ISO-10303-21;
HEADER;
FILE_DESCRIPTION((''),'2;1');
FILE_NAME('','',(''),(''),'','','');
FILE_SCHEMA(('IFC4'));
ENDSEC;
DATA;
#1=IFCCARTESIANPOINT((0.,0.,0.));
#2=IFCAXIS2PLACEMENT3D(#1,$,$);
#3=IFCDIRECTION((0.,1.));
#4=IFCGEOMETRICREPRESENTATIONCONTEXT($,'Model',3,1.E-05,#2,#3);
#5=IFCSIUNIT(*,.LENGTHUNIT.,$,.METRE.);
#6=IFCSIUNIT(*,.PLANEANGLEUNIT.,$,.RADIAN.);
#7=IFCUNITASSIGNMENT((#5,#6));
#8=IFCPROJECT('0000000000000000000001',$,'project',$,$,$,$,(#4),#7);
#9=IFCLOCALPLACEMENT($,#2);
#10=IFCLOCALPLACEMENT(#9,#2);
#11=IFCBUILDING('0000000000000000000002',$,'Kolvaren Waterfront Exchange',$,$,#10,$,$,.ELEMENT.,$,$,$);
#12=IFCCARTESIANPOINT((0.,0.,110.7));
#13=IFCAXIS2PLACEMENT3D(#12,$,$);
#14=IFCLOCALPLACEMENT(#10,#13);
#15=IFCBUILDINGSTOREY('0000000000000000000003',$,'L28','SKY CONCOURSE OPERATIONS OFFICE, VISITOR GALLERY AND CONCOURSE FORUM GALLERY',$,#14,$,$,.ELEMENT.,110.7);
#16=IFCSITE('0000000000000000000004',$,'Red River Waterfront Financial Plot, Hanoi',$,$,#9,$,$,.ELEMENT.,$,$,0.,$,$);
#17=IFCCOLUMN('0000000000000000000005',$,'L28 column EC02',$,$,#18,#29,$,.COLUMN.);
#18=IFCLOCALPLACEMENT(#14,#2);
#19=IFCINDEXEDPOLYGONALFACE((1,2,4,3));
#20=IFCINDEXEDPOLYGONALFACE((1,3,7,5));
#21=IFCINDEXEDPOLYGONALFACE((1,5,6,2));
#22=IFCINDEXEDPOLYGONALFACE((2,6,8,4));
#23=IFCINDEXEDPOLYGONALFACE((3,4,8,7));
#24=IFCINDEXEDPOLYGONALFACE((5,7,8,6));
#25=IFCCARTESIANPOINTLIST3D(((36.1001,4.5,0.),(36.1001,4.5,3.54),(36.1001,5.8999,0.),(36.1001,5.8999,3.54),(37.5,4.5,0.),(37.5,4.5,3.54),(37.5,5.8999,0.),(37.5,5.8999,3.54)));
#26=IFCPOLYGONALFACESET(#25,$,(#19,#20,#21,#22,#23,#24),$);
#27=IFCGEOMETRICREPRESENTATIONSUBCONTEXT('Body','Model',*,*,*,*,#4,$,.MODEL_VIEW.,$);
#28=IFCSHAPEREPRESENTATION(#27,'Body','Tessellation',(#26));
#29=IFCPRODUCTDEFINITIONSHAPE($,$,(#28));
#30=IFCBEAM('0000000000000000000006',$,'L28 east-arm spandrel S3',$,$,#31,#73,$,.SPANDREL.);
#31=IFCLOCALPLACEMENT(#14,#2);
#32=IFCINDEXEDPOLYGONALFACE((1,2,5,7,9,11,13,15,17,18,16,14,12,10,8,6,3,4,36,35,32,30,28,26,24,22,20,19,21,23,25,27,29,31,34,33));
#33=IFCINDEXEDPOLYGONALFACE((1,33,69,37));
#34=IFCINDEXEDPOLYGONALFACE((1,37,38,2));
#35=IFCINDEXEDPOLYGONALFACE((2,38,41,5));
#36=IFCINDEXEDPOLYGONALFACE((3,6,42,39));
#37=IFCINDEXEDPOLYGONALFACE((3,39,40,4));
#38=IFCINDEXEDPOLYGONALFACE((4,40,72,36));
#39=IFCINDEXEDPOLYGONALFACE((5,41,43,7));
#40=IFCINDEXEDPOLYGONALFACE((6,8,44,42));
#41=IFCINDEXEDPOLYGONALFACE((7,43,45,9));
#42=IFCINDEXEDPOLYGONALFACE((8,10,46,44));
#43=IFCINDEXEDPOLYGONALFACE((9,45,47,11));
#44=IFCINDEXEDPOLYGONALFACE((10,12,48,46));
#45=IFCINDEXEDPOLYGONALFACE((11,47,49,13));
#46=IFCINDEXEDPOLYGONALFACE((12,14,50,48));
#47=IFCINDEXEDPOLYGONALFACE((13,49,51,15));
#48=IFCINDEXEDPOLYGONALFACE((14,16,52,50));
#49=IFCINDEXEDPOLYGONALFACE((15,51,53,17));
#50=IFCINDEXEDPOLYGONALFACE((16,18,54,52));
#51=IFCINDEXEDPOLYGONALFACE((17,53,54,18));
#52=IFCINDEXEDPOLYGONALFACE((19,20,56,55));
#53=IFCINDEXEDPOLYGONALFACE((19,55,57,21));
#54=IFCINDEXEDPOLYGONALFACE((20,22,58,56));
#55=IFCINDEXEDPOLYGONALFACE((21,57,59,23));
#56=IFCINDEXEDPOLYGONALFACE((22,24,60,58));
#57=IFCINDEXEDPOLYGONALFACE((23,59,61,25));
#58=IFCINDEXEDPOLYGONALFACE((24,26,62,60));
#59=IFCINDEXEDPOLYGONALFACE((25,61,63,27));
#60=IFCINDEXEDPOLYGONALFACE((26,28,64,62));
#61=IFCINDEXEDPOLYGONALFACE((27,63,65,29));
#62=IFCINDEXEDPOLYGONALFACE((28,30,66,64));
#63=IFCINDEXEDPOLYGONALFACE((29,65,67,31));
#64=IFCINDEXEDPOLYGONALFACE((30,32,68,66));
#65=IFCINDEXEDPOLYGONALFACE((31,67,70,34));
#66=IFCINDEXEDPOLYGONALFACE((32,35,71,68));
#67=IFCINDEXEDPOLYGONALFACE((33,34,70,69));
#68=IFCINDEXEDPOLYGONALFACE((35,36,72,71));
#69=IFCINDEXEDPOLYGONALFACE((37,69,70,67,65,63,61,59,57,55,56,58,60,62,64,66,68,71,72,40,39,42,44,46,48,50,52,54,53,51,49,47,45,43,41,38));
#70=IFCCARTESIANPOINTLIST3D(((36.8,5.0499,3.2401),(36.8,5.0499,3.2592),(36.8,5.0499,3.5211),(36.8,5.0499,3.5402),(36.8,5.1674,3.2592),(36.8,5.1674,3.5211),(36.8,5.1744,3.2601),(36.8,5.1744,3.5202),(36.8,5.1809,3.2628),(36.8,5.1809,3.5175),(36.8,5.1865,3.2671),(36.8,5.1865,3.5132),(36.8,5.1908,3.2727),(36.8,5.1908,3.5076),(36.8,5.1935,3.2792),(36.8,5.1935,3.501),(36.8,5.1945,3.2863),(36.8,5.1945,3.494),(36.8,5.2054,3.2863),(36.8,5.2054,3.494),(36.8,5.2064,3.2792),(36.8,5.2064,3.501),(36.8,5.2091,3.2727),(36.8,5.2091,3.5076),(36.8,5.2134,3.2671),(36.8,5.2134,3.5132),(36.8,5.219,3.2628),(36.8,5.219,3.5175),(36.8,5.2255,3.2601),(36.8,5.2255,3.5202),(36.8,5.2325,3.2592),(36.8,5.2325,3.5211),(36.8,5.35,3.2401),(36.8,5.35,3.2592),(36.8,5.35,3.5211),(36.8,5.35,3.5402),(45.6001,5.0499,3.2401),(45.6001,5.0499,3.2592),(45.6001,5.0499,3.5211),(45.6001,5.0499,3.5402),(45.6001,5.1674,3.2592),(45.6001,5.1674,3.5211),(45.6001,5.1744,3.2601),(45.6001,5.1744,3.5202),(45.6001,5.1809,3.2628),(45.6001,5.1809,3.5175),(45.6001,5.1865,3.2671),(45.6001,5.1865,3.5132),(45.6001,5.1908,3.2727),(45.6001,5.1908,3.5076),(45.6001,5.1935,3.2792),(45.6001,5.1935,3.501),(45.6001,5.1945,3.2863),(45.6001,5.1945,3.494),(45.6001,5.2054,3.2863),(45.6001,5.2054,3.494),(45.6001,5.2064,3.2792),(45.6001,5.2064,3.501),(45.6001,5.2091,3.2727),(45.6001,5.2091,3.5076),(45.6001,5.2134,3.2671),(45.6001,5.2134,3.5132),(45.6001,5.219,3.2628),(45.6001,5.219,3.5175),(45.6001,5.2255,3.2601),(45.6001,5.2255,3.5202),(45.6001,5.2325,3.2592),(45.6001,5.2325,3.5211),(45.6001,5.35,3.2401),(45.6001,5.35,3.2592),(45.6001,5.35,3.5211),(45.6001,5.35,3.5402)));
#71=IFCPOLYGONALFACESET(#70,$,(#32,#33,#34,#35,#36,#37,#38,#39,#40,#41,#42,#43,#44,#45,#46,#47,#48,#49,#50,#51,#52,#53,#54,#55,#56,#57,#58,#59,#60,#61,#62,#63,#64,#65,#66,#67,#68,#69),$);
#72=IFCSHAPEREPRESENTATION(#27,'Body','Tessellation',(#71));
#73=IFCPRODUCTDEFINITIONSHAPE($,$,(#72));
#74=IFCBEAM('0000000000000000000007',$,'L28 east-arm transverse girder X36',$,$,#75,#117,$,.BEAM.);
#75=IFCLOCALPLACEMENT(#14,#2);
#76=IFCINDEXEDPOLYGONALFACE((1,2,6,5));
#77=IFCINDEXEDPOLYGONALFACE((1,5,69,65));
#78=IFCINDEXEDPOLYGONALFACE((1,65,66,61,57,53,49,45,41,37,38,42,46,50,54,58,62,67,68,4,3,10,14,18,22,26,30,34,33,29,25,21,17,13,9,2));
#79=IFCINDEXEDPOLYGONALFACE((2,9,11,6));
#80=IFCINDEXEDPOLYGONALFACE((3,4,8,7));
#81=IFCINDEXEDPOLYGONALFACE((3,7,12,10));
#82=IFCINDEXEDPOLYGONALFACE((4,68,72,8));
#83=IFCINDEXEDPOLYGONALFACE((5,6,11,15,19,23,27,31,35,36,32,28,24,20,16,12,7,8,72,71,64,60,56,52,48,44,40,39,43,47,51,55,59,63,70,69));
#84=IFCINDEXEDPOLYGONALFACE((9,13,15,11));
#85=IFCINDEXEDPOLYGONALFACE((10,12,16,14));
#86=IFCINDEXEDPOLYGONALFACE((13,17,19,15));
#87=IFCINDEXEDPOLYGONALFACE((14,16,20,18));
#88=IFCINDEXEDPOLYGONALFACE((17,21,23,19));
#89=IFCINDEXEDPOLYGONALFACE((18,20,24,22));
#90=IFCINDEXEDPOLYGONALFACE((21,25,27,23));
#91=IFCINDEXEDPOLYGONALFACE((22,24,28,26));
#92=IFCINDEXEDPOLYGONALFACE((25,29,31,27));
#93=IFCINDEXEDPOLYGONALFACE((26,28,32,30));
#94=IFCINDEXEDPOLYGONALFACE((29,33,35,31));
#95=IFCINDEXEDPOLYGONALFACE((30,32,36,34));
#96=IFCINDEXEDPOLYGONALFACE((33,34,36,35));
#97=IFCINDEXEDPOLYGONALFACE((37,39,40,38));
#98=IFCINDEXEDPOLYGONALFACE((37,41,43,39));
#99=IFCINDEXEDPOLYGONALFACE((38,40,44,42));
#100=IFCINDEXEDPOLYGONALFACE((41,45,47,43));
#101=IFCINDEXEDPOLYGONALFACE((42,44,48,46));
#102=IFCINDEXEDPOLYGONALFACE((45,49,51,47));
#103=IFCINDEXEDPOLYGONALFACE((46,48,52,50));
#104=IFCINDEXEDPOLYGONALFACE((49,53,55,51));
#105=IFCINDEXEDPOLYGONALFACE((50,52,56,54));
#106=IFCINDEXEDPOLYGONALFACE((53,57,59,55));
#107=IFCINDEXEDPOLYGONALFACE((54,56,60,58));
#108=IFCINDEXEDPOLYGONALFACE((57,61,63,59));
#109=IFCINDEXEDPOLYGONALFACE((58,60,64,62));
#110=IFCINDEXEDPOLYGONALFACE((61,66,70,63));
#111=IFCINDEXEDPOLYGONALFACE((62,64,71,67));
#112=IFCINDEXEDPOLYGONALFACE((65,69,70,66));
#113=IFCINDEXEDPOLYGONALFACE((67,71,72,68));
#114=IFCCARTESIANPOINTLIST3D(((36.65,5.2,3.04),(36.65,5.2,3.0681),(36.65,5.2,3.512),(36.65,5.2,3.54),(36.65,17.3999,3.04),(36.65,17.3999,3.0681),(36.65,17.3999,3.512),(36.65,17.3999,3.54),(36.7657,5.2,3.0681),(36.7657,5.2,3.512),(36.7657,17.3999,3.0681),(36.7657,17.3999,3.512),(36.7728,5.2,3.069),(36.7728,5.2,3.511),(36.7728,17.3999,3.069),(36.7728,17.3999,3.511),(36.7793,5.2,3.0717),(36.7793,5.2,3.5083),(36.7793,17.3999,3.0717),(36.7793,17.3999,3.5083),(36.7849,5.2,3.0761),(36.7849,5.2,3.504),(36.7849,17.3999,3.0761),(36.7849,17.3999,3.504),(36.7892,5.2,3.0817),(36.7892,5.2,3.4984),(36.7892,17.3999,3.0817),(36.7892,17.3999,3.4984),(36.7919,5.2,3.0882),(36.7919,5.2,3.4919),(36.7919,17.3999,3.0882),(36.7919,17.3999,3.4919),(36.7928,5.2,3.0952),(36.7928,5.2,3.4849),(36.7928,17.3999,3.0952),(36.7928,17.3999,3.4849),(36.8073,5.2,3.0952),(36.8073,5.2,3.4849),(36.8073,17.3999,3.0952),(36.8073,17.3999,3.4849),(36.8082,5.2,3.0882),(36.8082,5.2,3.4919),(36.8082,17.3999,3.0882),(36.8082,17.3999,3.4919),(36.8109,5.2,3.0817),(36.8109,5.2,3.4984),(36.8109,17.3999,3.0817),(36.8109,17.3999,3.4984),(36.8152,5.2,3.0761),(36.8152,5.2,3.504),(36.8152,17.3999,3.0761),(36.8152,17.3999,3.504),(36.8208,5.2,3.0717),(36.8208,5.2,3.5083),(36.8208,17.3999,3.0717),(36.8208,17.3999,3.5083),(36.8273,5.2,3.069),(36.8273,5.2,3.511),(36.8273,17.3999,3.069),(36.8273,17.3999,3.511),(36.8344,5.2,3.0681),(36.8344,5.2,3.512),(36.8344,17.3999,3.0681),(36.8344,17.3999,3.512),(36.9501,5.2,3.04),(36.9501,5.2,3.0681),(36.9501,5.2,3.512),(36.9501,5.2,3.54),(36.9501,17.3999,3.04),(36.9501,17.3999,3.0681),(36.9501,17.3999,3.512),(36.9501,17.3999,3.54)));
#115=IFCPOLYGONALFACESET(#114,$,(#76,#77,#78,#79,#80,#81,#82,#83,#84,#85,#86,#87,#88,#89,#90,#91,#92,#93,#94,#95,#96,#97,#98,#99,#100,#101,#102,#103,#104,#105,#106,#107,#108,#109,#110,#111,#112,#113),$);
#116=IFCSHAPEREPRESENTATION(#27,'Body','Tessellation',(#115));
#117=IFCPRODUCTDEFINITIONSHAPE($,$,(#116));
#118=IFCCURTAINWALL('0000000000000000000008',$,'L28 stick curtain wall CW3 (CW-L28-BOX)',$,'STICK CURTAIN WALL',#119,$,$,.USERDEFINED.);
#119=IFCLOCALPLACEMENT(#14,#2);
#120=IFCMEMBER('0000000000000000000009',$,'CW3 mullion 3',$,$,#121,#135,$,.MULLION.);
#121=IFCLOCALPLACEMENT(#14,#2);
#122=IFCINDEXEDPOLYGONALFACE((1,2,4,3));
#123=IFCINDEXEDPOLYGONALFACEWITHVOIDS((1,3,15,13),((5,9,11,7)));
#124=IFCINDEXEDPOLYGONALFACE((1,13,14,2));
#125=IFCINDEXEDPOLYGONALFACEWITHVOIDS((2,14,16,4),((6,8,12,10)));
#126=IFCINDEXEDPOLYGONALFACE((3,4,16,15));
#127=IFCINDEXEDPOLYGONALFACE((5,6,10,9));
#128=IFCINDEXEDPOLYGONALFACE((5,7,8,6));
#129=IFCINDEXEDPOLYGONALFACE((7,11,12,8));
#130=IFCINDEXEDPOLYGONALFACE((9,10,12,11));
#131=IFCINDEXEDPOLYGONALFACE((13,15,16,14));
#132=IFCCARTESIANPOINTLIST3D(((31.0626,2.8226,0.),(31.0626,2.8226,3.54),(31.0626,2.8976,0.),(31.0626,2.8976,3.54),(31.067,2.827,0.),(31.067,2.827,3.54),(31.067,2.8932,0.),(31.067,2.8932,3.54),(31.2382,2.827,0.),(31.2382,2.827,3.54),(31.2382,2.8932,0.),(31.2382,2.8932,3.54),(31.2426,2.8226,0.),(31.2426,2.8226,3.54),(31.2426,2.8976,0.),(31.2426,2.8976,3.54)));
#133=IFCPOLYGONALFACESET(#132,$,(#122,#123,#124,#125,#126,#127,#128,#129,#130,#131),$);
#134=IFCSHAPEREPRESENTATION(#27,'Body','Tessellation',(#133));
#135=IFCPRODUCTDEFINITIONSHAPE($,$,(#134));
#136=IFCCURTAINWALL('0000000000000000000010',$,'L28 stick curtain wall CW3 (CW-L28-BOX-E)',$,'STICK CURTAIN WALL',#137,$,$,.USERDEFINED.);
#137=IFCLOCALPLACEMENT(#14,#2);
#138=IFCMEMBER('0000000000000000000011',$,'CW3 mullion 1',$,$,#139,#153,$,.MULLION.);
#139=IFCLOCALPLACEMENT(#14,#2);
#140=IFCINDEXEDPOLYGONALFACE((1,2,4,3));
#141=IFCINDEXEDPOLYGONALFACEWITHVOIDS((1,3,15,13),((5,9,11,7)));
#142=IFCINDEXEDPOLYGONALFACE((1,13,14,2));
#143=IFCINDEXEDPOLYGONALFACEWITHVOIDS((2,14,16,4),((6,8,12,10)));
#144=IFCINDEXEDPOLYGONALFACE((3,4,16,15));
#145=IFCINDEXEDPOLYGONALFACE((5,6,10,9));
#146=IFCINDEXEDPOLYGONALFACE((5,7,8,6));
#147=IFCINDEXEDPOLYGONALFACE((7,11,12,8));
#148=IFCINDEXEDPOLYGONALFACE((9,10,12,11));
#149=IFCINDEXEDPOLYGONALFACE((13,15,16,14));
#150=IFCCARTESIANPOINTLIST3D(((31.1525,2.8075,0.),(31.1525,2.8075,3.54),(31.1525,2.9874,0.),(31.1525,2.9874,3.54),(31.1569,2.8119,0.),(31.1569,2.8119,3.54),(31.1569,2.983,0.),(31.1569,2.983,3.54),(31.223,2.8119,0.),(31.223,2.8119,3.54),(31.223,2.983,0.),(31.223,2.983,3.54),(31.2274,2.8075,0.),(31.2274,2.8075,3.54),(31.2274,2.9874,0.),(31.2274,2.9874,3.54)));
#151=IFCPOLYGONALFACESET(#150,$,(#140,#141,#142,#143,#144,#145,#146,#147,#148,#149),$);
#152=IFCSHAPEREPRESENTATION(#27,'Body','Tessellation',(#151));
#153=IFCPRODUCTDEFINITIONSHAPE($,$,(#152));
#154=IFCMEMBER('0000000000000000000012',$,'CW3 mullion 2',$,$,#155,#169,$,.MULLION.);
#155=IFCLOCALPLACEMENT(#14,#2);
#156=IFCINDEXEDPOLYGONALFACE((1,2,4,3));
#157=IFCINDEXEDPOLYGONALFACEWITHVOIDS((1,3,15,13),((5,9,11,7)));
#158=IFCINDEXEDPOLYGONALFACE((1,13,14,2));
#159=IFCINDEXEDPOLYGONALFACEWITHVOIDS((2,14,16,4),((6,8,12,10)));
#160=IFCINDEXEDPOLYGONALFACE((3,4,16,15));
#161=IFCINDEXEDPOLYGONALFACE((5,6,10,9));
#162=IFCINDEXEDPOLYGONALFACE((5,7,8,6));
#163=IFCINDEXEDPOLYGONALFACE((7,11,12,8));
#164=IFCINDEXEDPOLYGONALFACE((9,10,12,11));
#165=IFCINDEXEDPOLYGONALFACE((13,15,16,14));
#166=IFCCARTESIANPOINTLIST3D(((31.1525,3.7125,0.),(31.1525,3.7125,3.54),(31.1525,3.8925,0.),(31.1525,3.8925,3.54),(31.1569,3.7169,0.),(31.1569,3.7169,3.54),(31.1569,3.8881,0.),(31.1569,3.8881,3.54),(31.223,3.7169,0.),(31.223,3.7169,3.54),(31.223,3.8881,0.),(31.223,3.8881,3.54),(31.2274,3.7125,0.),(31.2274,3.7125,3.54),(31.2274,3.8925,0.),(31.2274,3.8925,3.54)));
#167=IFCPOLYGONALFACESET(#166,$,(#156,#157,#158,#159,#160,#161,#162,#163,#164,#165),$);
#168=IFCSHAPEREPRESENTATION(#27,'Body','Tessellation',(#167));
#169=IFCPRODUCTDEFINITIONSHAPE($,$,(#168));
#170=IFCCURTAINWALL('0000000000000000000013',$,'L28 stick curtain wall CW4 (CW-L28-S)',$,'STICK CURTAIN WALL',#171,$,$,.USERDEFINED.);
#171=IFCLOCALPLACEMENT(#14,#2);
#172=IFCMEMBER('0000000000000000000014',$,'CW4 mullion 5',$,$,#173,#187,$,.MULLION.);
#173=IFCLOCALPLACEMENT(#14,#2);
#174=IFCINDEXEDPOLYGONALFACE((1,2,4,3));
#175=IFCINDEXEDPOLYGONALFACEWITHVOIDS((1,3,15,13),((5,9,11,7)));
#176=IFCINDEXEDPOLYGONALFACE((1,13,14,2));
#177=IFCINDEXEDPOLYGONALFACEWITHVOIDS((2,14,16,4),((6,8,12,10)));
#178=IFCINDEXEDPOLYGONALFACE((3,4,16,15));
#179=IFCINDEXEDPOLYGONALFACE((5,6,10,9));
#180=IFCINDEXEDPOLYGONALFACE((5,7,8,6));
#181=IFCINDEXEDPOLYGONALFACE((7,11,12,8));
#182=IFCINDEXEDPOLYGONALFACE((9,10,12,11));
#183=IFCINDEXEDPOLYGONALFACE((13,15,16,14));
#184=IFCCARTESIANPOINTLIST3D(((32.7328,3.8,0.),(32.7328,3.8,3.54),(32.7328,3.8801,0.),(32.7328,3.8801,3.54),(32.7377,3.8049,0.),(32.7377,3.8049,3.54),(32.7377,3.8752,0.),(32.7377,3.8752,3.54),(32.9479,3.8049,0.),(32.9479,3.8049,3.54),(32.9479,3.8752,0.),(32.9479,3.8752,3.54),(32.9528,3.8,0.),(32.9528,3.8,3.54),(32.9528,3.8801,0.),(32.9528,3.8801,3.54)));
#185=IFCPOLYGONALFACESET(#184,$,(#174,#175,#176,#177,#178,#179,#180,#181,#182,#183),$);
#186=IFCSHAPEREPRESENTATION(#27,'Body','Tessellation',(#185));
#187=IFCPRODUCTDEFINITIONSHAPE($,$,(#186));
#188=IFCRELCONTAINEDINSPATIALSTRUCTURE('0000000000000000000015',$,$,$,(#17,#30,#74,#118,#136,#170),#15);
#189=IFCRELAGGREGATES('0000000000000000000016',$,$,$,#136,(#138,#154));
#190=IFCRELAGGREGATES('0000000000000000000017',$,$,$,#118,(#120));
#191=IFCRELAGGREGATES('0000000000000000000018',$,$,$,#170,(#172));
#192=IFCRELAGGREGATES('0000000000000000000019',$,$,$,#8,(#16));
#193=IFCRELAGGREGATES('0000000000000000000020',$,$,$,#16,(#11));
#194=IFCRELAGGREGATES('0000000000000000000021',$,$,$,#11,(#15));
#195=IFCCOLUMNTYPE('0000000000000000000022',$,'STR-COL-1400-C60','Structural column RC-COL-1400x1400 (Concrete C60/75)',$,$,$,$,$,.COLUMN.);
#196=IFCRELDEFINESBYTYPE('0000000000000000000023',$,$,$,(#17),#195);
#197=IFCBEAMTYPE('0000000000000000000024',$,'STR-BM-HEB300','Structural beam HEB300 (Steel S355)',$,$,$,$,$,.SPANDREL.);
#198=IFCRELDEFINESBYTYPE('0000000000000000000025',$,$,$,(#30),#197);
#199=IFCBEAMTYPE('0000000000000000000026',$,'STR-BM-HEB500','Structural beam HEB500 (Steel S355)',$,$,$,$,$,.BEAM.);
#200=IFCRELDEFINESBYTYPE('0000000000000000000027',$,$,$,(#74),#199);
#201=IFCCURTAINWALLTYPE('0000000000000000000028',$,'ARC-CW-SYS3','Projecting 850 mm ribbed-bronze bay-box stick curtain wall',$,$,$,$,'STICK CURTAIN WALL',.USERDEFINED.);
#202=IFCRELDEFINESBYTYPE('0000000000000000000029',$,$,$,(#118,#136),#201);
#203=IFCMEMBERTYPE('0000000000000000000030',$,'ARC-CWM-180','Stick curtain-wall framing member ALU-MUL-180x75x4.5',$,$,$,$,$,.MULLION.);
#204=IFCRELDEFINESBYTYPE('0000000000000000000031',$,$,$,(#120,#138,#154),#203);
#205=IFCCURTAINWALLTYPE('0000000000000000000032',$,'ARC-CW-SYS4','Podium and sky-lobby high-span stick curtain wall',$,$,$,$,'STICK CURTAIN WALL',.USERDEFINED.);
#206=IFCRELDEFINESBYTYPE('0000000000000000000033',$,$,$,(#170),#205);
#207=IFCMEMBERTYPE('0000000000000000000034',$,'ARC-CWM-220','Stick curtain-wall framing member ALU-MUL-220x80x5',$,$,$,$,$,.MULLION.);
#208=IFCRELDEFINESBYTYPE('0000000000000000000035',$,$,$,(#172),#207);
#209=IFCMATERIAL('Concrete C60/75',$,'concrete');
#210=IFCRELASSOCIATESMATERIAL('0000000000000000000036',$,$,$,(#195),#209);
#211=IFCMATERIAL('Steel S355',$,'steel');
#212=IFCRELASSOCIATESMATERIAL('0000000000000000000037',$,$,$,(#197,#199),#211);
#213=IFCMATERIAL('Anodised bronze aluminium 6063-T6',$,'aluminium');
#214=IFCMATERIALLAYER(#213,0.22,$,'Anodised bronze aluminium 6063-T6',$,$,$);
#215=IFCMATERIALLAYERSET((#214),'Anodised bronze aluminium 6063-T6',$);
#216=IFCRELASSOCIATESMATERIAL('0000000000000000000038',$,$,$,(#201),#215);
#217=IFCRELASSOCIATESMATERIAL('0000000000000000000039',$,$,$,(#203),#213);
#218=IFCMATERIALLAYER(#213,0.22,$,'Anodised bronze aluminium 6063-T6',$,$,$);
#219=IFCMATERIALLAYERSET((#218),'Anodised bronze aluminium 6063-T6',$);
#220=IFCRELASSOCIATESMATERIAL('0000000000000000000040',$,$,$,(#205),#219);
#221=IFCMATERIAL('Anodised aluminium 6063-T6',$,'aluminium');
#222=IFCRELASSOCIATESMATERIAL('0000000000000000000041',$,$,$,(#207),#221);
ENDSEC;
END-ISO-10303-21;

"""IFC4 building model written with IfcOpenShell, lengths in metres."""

from ifc_helpers import new_model, si_unit, direction, frame, origin, origin_with_axes, origin_2d, place, context, subcontext, project, spatial, rectangle, hollow_rectangle, i_section, extrude, source, transform, mapped, material, layer, layer_set, material_profile, profile_set, type_object, element, aggregate, save


model = new_model("IFC4")

# Units and contexts
model_context = context("Model", 3, precision=1e-05, world=origin(), true_north=direction((0.0, 1.0)))
body_context = subcontext(model_context, "Body", "Model", "MODEL_VIEW")
ifc_project = project(units=[si_unit("LENGTHUNIT", "METRE"), si_unit("PLANEANGLEUNIT", "RADIAN")], contexts=[model_context])

# Site, building, storey
site_placement = place(None, origin())
site = spatial("IfcSite", under=ifc_project, at=site_placement, Name="Red River Waterfront Financial Plot, Hanoi", CompositionType="ELEMENT", RefElevation=0.0)
building_placement = place(site_placement, origin())
building = spatial("IfcBuilding", under=site, at=building_placement, Name="Kolvaren Waterfront Exchange", CompositionType="ELEMENT")
storey_placement = place(building_placement, frame((0.0, 0.0, 110.7)))
storey = spatial("IfcBuildingStorey", under=building, at=storey_placement, Name="L28", Description="SKY CONCOURSE OPERATIONS OFFICE, VISITOR GALLERY AND CONCOURSE FORUM GALLERY", CompositionType="ELEMENT", Elevation=110.7)

# Column
ifc_material_1 = material(Name="Concrete C60/75", Category="concrete")
ifc_material_profile_1 = material_profile(ifc_material_1, rectangle(XDim=1.3999, YDim=1.3999, at=origin_2d()), Name="RC-COL-1400x1400")
ifc_profile_set_1 = profile_set([ifc_material_profile_1], Name="Concrete C60/75")
column_type = type_object("IfcColumnType", Name="STR-COL-1400-C60", Description="Structural column RC-COL-1400x1400 (Concrete C60/75)", PredefinedType="COLUMN", material=ifc_profile_set_1)
column_placement = place(storey_placement, frame((36.8, 5.2, 0.0), z_axis=(0.0, 0.0, 1.0), x_axis=(1.0, 0.0, 0.0)))
element("IfcColumn", 1, at=column_placement, inside=storey, type_object=column_type, Name="L28 column EC02", PredefinedType="COLUMN", context=body_context, shape_type="SweptSolid", body=[
    extrude(rectangle(XDim=1.3999, YDim=1.3999, at=origin_2d()), origin(), (0.0, 0.0, 1.0), 3.54),
])

# Beams
ifc_material_2 = material(Name="Steel S355", Category="steel")
ifc_material_profile_2 = material_profile(ifc_material_2, i_section(OverallWidth=0.3, OverallDepth=0.3, WebThickness=0.011, FlangeThickness=0.019, FilletRadius=0.0271, at=origin_2d()), Name="HEB300")
ifc_profile_set_2 = profile_set([ifc_material_profile_2], Name="Steel S355")
beam_type_1 = type_object("IfcBeamType", Name="STR-BM-HEB300", Description="Structural beam HEB300 (Steel S355)", PredefinedType="SPANDREL", material=ifc_profile_set_2)
beam_1_placement = place(storey_placement, frame((36.8, 5.2, 3.3901), z_axis=(1.0, 0.0, 0.0), x_axis=(0.0, 1.0, 0.0)))
element("IfcBeam", 2, at=beam_1_placement, inside=storey, type_object=beam_type_1, Name="L28 east-arm spandrel S3", PredefinedType="SPANDREL", context=body_context, shape_type="SweptSolid", body=[
    extrude(i_section(OverallWidth=0.3, OverallDepth=0.3, WebThickness=0.011, FlangeThickness=0.019, FilletRadius=0.0271, at=origin_2d()), origin(), (0.0, 0.0, 1.0), 8.8),
])
ifc_material_profile_3 = material_profile(ifc_material_2, i_section(OverallWidth=0.3, OverallDepth=0.5, WebThickness=0.0144, FlangeThickness=0.0281, FilletRadius=0.0271, at=origin_2d()), Name="HEB500")
ifc_profile_set_3 = profile_set([ifc_material_profile_3], Name="Steel S355")
beam_type_2 = type_object("IfcBeamType", Name="STR-BM-HEB500", Description="Structural beam HEB500 (Steel S355)", PredefinedType="BEAM", material=ifc_profile_set_3)
beam_2_placement = place(storey_placement, frame((36.8, 5.2, 3.29), z_axis=(0.0, 1.0, 0.0), x_axis=(-1.0, 0.0, 0.0)))
element("IfcBeam", 3, at=beam_2_placement, inside=storey, type_object=beam_type_2, Name="L28 east-arm transverse girder X36", PredefinedType="BEAM", context=body_context, shape_type="SweptSolid", body=[
    extrude(i_section(OverallWidth=0.3, OverallDepth=0.5, WebThickness=0.0144, FlangeThickness=0.0281, FilletRadius=0.0271, at=origin_2d()), origin(), (0.0, 0.0, 1.0), 12.2),
])

# Curtain wall, member
ifc_material_3 = material(Name="Anodised bronze aluminium 6063-T6", Category="aluminium")
ifc_layer_1 = layer(ifc_material_3, 0.22, Name="Anodised bronze aluminium 6063-T6")
ifc_layer_set_1 = layer_set([ifc_layer_1], Name="Anodised bronze aluminium 6063-T6")
curtain_wall_type_1 = type_object("IfcCurtainWallType", Name="ARC-CW-SYS3", Description="Projecting 850 mm ribbed-bronze bay-box stick curtain wall", ElementType="STICK CURTAIN WALL", PredefinedType="USERDEFINED", material=ifc_layer_set_1)
curtain_wall_1_placement = place(storey_placement, origin())
curtain_wall_1 = element("IfcCurtainWall", 4, at=curtain_wall_1_placement, inside=storey, type_object=curtain_wall_type_1, Name="L28 stick curtain wall CW3 (CW-L28-BOX)", ObjectType="STICK CURTAIN WALL", PredefinedType="USERDEFINED")
ifc_material_profile_4 = material_profile(ifc_material_3, hollow_rectangle(XDim=0.075, YDim=0.1799, WallThickness=0.0044, at=origin_2d()), Name="ALU-MUL-180x75x4.5")
ifc_profile_set_4 = profile_set([ifc_material_profile_4], Name="Anodised bronze aluminium 6063-T6")
member_type_1 = type_object("IfcMemberType", Name="ARC-CWM-180", Description="Stick curtain-wall framing member ALU-MUL-180x75x4.5", PredefinedType="MULLION", material=ifc_profile_set_4)
shared_shape_1 = source(origin_with_axes(), body_context, "Body", "SweptSolid", [
    extrude(hollow_rectangle(XDim=0.075, YDim=0.1799, WallThickness=0.0044, at=origin_2d()), origin(), (0.0, 0.0, 1.0), 3.54),
])
member_1_placement = place(storey_placement, frame((31.1526, 2.8601, 0.0), z_axis=(0.0, 0.0, 1.0), x_axis=(0.0, 1.0, 0.0)))
member_1 = element("IfcMember", 5, at=member_1_placement, type_object=member_type_1, Name="CW3 mullion 3", PredefinedType="MULLION", context=body_context, shape_type="MappedRepresentation", body=[
    mapped(shared_shape_1, transform((0.0, 0.0, 0.0), x_axis=(1.0, 0.0, 0.0), y_axis=(0.0, 1.0, 0.0), z_axis=(0.0, 0.0, 1.0), scale=1.0)),
])

# Curtain wall, members
curtain_wall_2_placement = place(storey_placement, origin())
curtain_wall_2 = element("IfcCurtainWall", 6, at=curtain_wall_2_placement, inside=storey, type_object=curtain_wall_type_1, Name="L28 stick curtain wall CW3 (CW-L28-BOX-E)", ObjectType="STICK CURTAIN WALL", PredefinedType="USERDEFINED")
member_2_placement = place(storey_placement, frame((31.1899, 2.8975, 0.0), z_axis=(0.0, 0.0, 1.0), x_axis=(-1.0, 0.0, 0.0)))
member_2 = element("IfcMember", 7, at=member_2_placement, type_object=member_type_1, Name="CW3 mullion 1", PredefinedType="MULLION", context=body_context, shape_type="MappedRepresentation", body=[
    mapped(shared_shape_1, transform((0.0, 0.0, 0.0), x_axis=(1.0, 0.0, 0.0), y_axis=(0.0, 1.0, 0.0), z_axis=(0.0, 0.0, 1.0), scale=1.0)),
])
member_3_placement = place(storey_placement, frame((31.1899, 3.8025, 0.0), z_axis=(0.0, 0.0, 1.0), x_axis=(-1.0, 0.0, 0.0)))
member_3 = element("IfcMember", 8, at=member_3_placement, type_object=member_type_1, Name="CW3 mullion 2", PredefinedType="MULLION", context=body_context, shape_type="MappedRepresentation", body=[
    mapped(shared_shape_1, transform((0.0, 0.0, 0.0), x_axis=(1.0, 0.0, 0.0), y_axis=(0.0, 1.0, 0.0), z_axis=(0.0, 0.0, 1.0), scale=1.0)),
])

# Curtain wall, member
ifc_layer_2 = layer(ifc_material_3, 0.22, Name="Anodised bronze aluminium 6063-T6")
ifc_layer_set_2 = layer_set([ifc_layer_2], Name="Anodised bronze aluminium 6063-T6")
curtain_wall_type_2 = type_object("IfcCurtainWallType", Name="ARC-CW-SYS4", Description="Podium and sky-lobby high-span stick curtain wall", ElementType="STICK CURTAIN WALL", PredefinedType="USERDEFINED", material=ifc_layer_set_2)
curtain_wall_3_placement = place(storey_placement, origin())
curtain_wall_3 = element("IfcCurtainWall", 9, at=curtain_wall_3_placement, inside=storey, type_object=curtain_wall_type_2, Name="L28 stick curtain wall CW4 (CW-L28-S)", ObjectType="STICK CURTAIN WALL", PredefinedType="USERDEFINED")
ifc_material_4 = material(Name="Anodised aluminium 6063-T6", Category="aluminium")
ifc_material_profile_5 = material_profile(ifc_material_4, hollow_rectangle(XDim=0.0801, YDim=0.22, WallThickness=0.0049, at=origin_2d()), Name="ALU-MUL-220x80x5")
ifc_profile_set_5 = profile_set([ifc_material_profile_5], Name="Anodised aluminium 6063-T6")
member_type_2 = type_object("IfcMemberType", Name="ARC-CWM-220", Description="Stick curtain-wall framing member ALU-MUL-220x80x5", PredefinedType="MULLION", material=ifc_profile_set_5)
shared_shape_2 = source(origin_with_axes(), body_context, "Body", "SweptSolid", [
    extrude(hollow_rectangle(XDim=0.0801, YDim=0.22, WallThickness=0.0049, at=origin_2d()), origin(), (0.0, 0.0, 1.0), 3.54),
])
member_4_placement = place(storey_placement, frame((32.8428, 3.8401, 0.0), z_axis=(0.0, 0.0, 1.0), x_axis=(0.0, 1.0, 0.0)))
member_4 = element("IfcMember", 10, at=member_4_placement, type_object=member_type_2, Name="CW4 mullion 5", PredefinedType="MULLION", context=body_context, shape_type="MappedRepresentation", body=[
    mapped(shared_shape_2, transform((0.0, 0.0, 0.0), x_axis=(1.0, 0.0, 0.0), y_axis=(0.0, 1.0, 0.0), z_axis=(0.0, 0.0, 1.0), scale=1.0)),
])

aggregate(curtain_wall_2, [member_2, member_3])
aggregate(curtain_wall_1, [member_1])
aggregate(curtain_wall_3, [member_4])

save(model, "model.ifc")
